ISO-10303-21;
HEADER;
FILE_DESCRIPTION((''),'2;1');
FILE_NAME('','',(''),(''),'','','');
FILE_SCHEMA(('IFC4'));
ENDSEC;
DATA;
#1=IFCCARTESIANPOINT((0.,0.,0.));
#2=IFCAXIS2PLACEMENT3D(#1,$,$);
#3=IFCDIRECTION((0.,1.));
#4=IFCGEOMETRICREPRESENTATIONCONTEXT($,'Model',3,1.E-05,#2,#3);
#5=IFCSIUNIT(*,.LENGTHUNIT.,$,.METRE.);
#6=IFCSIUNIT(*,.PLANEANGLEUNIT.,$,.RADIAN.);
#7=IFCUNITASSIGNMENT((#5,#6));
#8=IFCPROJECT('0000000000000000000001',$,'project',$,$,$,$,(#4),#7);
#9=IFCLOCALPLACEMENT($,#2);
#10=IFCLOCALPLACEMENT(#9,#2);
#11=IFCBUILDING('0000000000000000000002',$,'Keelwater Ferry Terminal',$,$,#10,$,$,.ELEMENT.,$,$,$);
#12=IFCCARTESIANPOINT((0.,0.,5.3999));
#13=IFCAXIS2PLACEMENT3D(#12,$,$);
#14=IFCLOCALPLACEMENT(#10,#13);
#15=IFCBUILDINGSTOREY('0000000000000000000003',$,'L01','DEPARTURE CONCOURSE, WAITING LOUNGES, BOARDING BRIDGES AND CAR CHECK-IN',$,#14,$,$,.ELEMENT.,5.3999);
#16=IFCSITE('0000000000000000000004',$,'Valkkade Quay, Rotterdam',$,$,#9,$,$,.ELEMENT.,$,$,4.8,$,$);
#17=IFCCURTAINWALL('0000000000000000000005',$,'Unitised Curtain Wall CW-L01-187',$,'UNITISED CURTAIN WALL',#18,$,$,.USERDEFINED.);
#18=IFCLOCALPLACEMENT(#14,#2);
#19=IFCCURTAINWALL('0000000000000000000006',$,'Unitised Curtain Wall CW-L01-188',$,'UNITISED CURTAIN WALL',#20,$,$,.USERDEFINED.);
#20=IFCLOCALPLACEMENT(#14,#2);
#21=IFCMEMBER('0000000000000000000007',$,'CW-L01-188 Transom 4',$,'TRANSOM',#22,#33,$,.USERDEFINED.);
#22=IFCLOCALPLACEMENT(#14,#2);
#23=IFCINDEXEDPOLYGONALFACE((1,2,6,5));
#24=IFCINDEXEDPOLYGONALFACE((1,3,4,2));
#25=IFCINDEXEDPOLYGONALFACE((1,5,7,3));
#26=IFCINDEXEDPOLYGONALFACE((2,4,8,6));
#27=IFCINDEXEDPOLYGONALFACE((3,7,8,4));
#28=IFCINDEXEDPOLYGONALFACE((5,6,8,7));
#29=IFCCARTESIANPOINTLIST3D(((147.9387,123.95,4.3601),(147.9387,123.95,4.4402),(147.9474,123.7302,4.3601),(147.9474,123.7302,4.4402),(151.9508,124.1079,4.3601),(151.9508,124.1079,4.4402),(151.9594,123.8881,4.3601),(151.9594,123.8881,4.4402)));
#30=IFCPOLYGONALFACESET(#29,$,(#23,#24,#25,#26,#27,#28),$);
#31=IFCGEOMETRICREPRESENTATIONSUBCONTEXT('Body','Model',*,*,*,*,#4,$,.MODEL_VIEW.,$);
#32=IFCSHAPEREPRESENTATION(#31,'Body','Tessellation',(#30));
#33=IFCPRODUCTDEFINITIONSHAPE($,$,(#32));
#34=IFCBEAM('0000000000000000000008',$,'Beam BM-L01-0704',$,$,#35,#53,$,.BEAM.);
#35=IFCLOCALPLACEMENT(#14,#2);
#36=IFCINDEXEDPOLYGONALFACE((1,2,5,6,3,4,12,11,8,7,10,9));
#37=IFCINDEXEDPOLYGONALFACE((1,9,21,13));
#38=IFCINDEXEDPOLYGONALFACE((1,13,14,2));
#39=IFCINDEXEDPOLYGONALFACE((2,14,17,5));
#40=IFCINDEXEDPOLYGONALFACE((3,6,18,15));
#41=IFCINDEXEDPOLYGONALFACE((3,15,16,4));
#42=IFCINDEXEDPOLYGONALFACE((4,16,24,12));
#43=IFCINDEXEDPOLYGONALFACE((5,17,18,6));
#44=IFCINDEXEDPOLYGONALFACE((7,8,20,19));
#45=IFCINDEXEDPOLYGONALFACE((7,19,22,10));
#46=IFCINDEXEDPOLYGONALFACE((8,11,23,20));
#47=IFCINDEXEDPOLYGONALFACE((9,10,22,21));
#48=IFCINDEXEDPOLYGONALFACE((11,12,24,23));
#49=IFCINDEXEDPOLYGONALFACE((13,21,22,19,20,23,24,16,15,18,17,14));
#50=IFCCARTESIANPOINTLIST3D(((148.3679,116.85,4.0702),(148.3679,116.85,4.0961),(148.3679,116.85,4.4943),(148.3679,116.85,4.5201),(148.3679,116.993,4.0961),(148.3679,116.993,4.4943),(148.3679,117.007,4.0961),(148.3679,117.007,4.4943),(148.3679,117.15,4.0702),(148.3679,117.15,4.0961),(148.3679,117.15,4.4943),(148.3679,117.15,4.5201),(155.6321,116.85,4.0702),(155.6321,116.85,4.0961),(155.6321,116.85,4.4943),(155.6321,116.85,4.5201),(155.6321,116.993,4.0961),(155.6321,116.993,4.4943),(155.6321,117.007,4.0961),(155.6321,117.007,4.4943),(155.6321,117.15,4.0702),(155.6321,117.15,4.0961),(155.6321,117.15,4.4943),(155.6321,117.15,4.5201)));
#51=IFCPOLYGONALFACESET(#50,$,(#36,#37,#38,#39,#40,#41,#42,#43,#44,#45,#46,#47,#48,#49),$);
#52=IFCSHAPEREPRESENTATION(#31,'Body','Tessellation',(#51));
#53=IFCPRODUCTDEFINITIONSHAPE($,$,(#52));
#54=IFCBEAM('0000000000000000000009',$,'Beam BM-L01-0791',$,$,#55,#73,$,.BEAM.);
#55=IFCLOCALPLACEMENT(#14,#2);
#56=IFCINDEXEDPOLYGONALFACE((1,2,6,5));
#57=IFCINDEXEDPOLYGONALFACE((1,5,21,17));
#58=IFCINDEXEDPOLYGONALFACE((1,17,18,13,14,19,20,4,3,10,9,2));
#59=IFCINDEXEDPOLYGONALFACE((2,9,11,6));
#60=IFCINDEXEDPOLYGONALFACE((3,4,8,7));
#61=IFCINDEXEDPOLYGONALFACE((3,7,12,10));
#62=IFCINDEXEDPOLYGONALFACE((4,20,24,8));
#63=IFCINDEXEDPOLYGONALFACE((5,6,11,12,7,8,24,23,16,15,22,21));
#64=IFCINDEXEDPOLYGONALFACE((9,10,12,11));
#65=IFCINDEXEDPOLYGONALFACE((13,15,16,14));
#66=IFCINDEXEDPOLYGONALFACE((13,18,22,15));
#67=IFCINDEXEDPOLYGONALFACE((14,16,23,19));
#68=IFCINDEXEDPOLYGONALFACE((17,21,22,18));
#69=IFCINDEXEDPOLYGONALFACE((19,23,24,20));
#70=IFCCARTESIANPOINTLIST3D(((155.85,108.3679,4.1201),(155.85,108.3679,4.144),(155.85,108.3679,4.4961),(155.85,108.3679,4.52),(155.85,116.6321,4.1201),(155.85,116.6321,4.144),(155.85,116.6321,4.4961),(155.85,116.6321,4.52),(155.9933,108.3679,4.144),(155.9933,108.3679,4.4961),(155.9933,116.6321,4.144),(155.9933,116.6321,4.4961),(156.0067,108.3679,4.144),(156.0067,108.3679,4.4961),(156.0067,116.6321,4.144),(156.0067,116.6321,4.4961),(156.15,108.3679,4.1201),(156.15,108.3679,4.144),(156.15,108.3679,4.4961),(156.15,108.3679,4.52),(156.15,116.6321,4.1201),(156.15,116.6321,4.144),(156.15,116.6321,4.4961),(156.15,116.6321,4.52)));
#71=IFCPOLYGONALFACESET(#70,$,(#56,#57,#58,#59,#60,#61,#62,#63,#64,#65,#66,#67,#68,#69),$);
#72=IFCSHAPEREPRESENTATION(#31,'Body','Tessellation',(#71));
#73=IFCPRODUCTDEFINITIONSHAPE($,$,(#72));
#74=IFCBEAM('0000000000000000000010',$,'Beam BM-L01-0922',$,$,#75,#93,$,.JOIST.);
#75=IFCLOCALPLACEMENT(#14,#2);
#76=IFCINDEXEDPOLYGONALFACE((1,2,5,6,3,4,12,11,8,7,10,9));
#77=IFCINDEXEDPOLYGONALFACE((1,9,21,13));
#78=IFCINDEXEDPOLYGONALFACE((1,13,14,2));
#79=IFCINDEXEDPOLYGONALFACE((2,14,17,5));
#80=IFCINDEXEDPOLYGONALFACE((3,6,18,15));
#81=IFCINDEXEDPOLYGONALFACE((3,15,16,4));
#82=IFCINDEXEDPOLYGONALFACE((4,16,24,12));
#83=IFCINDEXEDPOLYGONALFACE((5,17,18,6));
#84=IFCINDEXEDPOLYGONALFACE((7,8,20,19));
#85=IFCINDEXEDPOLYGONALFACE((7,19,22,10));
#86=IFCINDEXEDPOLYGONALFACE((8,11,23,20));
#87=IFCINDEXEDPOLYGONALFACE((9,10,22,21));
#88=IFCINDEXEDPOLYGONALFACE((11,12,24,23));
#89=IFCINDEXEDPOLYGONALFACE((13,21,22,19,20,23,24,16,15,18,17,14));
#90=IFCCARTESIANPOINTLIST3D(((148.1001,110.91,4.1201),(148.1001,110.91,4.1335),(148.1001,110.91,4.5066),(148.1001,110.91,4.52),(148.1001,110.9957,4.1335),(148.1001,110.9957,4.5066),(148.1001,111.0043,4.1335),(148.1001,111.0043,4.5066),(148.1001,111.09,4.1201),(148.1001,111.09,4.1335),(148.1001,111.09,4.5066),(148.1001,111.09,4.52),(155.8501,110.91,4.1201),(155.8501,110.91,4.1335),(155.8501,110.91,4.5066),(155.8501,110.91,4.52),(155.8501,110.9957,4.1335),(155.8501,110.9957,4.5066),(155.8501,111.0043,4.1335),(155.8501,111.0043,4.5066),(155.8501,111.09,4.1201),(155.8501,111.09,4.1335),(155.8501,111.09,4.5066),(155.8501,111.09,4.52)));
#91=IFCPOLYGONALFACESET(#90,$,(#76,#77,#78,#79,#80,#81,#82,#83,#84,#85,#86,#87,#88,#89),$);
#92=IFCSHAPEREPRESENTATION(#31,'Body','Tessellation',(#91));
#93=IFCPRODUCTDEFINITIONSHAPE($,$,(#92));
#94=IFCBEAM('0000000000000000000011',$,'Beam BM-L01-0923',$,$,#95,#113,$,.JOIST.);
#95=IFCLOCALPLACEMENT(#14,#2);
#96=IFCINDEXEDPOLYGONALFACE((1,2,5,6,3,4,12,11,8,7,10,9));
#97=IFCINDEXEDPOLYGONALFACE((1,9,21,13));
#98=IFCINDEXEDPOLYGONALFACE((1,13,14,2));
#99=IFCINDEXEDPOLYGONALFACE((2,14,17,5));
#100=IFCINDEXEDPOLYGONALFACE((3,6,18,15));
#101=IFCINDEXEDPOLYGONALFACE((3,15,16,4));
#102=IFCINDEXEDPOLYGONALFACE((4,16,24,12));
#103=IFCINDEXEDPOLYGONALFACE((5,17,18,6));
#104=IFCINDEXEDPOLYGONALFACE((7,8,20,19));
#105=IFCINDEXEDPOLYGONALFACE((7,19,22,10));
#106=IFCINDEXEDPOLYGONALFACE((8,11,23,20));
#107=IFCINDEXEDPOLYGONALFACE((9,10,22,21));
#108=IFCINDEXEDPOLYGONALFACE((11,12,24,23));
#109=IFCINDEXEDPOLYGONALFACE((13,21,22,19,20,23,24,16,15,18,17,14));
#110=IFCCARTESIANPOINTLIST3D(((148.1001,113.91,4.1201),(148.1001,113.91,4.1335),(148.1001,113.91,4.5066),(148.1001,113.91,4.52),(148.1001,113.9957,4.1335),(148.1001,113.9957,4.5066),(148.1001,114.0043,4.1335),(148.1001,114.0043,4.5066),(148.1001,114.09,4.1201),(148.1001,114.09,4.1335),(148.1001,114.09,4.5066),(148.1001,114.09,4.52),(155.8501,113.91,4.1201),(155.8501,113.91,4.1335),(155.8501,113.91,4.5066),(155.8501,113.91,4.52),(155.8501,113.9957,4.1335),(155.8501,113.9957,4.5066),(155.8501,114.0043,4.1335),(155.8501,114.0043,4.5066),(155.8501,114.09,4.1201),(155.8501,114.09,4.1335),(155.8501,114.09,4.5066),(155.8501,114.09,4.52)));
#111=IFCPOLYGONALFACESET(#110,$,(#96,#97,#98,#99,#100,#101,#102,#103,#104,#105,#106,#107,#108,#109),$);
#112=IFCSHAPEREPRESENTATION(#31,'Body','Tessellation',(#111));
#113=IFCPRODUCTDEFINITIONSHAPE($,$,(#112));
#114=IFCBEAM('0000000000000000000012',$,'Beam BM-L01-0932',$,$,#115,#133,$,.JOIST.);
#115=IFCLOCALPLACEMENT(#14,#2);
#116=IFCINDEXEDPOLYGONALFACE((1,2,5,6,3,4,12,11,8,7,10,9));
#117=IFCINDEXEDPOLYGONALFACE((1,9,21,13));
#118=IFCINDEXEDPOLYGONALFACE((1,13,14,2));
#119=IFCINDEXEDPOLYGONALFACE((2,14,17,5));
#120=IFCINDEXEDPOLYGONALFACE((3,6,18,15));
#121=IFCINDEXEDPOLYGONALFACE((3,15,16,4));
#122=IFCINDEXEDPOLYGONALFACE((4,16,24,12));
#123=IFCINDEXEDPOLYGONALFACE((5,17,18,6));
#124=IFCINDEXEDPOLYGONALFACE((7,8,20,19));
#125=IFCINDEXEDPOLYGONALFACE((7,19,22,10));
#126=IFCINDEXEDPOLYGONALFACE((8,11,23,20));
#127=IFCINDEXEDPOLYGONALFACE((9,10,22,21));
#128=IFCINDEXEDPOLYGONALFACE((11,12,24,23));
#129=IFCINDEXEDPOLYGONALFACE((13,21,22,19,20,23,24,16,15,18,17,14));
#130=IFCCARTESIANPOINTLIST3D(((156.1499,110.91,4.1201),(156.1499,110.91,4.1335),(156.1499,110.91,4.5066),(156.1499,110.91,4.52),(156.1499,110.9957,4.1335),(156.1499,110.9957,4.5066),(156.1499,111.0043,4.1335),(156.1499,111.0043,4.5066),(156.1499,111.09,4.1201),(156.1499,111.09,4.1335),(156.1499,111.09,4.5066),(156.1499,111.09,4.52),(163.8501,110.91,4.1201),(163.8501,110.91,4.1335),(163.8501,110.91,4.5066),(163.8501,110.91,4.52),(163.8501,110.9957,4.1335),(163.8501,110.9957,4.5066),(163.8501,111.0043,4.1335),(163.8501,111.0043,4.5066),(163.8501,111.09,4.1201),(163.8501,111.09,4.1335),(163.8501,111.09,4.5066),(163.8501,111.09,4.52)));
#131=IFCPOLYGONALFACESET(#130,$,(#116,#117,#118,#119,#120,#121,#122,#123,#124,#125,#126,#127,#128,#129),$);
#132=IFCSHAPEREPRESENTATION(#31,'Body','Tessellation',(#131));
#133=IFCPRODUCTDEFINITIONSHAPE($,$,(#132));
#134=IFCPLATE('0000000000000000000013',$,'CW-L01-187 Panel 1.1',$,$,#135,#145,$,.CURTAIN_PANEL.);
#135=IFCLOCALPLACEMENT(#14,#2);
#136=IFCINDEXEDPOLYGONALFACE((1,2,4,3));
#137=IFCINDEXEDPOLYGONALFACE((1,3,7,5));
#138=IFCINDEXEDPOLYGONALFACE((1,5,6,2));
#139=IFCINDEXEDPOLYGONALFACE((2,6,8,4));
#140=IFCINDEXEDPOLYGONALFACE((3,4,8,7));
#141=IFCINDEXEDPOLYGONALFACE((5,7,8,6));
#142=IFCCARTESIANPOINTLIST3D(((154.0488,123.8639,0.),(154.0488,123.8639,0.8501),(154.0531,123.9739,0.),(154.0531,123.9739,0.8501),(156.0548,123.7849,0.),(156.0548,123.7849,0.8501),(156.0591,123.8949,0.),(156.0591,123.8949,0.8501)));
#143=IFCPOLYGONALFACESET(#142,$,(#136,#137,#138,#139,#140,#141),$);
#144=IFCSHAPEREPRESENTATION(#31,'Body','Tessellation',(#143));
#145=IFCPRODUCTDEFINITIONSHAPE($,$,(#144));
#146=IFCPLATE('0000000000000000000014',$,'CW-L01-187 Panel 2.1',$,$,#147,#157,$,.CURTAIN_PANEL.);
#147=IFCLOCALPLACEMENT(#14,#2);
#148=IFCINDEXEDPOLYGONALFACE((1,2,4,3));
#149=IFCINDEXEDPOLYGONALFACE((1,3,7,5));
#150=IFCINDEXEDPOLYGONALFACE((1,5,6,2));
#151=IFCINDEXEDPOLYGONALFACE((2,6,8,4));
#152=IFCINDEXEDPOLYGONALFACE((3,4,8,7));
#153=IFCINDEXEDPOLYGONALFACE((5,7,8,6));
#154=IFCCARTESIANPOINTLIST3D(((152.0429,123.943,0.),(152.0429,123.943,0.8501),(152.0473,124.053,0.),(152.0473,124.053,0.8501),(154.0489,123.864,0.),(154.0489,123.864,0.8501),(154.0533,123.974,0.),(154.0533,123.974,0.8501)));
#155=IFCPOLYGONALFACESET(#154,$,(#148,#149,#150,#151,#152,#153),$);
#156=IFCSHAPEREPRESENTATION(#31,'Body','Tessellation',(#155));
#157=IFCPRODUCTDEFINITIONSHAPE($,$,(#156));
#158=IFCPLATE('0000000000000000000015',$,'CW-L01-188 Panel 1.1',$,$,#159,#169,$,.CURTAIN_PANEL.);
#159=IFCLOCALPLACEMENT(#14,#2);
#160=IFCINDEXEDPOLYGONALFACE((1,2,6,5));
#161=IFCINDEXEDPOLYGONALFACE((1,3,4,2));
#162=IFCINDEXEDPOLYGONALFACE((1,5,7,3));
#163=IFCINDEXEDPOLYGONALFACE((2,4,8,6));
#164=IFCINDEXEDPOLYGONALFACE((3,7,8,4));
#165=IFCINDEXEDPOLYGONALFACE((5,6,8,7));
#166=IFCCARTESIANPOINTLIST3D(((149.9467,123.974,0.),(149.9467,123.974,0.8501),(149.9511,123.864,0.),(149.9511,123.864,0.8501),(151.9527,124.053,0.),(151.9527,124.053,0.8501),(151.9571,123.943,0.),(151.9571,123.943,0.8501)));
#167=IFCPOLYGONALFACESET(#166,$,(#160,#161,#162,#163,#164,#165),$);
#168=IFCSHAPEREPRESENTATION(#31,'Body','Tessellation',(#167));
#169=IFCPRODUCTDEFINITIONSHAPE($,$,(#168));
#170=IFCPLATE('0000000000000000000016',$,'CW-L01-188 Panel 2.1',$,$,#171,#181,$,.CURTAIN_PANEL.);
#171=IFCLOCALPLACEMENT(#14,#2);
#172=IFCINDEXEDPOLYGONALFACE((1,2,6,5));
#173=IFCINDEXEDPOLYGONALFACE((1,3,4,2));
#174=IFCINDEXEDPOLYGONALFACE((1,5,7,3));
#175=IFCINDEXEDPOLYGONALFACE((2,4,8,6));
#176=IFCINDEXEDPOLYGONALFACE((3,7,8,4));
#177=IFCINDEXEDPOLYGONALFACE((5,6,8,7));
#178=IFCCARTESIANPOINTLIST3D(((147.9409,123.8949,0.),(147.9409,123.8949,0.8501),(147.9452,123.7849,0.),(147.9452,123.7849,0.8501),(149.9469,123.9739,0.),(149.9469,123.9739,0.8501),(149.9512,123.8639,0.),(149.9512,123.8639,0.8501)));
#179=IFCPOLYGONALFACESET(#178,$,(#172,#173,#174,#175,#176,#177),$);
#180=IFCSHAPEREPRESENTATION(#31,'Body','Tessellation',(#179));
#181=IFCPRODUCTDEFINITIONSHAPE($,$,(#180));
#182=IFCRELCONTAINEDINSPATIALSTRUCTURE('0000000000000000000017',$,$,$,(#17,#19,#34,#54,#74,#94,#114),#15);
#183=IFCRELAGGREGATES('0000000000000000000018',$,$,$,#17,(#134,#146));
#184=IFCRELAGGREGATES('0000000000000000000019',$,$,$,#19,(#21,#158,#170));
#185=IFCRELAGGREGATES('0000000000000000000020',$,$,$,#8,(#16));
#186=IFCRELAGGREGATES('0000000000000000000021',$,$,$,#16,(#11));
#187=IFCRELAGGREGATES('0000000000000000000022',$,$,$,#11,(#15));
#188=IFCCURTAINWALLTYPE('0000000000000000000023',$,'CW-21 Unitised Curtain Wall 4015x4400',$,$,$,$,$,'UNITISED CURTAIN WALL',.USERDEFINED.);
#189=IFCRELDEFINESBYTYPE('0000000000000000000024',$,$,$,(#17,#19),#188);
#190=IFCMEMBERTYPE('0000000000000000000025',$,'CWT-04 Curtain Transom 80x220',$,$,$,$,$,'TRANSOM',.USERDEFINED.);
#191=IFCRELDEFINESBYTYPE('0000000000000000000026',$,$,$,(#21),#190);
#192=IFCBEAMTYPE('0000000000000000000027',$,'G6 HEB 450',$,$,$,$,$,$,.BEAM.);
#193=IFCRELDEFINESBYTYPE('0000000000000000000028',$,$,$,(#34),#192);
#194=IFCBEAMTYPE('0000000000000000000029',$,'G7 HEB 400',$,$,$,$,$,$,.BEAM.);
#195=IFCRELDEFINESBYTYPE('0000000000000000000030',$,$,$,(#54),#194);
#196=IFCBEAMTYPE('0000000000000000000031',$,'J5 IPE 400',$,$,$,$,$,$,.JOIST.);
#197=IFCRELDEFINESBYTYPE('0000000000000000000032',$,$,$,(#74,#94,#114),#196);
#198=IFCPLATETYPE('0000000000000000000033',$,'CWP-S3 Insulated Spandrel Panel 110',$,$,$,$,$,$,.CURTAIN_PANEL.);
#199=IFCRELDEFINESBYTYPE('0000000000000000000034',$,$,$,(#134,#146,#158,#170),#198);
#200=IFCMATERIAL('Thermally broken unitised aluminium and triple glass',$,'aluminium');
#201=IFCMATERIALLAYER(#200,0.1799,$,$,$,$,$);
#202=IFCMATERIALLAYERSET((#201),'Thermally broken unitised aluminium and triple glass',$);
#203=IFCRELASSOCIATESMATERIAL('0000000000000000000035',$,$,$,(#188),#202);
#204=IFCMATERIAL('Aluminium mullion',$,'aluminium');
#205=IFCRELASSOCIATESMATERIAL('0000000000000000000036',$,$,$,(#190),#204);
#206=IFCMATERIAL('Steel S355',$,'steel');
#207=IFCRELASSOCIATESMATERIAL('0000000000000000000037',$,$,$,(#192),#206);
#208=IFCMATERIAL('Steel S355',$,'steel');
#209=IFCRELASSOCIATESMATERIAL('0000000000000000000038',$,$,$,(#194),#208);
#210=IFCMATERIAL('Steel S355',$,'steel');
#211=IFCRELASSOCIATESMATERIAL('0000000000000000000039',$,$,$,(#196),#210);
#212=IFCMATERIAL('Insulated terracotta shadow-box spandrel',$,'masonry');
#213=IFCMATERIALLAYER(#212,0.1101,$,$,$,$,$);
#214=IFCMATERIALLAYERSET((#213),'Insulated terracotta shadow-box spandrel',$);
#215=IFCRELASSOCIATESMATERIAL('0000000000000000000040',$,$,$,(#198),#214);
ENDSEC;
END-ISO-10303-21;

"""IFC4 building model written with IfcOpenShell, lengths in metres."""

from ifc_helpers import new_model, si_unit, direction, frame, origin, origin_2d, place, context, subcontext, project, spatial, rectangle, i_section, extrude, material, layer, layer_set, material_profile, profile_set, type_object, element, aggregate, save


model = new_model("IFC4")

# Units and contexts
model_context = context("Model", 3, precision=1e-05, world=origin(), true_north=direction((0.0, 1.0)))
body_context = subcontext(model_context, "Body", "Model", "MODEL_VIEW")
ifc_project = project(units=[si_unit("LENGTHUNIT", "METRE"), si_unit("PLANEANGLEUNIT", "RADIAN")], contexts=[model_context])

# Site, building, storey
site_placement = place(None, origin())
site = spatial("IfcSite", under=ifc_project, at=site_placement, Name="Valkkade Quay, Rotterdam", CompositionType="ELEMENT", RefElevation=4.8)
building_placement = place(site_placement, origin())
building = spatial("IfcBuilding", under=site, at=building_placement, Name="Keelwater Ferry Terminal", CompositionType="ELEMENT")
storey_placement = place(building_placement, frame((0.0, 0.0, 5.3999)))
storey = spatial("IfcBuildingStorey", under=building, at=storey_placement, Name="L01", Description="DEPARTURE CONCOURSE, WAITING LOUNGES, BOARDING BRIDGES AND CAR CHECK-IN", CompositionType="ELEMENT", Elevation=5.3999)

# Shared definitions
ifc_material_1 = material(Name="Thermally broken unitised aluminium and triple glass", Category="aluminium")
ifc_layer_1 = layer(ifc_material_1, 0.1799)
ifc_layer_set_1 = layer_set([ifc_layer_1], Name="Thermally broken unitised aluminium and triple glass")
curtain_wall_type = type_object("IfcCurtainWallType", Name="CW-21 Unitised Curtain Wall 4015x4400", ElementType="UNITISED CURTAIN WALL", PredefinedType="USERDEFINED", material=ifc_layer_set_1)

# Curtain walls
curtain_wall_1_placement = place(storey_placement, origin())
curtain_wall_1 = element("IfcCurtainWall", 1, at=curtain_wall_1_placement, inside=storey, type_object=curtain_wall_type, Name="Unitised Curtain Wall CW-L01-187", ObjectType="UNITISED CURTAIN WALL", PredefinedType="USERDEFINED")
curtain_wall_2_placement = place(storey_placement, origin())
curtain_wall_2 = element("IfcCurtainWall", 2, at=curtain_wall_2_placement, inside=storey, type_object=curtain_wall_type, Name="Unitised Curtain Wall CW-L01-188", ObjectType="UNITISED CURTAIN WALL", PredefinedType="USERDEFINED")

# Member
ifc_material_2 = material(Name="Aluminium mullion", Category="aluminium")
ifc_material_profile_1 = material_profile(ifc_material_2, rectangle(XDim=0.22, YDim=0.0801, at=origin_2d()), Name="CWT-04")
ifc_profile_set_1 = profile_set([ifc_material_profile_1], Name="Aluminium mullion")
member_type_1 = type_object("IfcMemberType", Name="CWT-04 Curtain Transom 80x220", ElementType="TRANSOM", PredefinedType="USERDEFINED", material=ifc_profile_set_1)
member_1_placement = place(storey_placement, frame((151.9551, 123.998, 4.4001), z_axis=(-0.999226, -0.039342, 0.0), x_axis=(0.039342, -0.999226, 0.0)))
member_1 = element("IfcMember", 3, at=member_1_placement, type_object=member_type_1, Name="CW-L01-188 Transom 4", ObjectType="TRANSOM", PredefinedType="USERDEFINED", context=body_context, shape_type="SweptSolid", body=[
    extrude(rectangle(XDim=0.22, YDim=0.0801, at=origin_2d()), origin(), (0.0, 0.0, 1.0), 4.0151),
])

# Beams
ifc_material_3 = material(Name="Steel S355", Category="steel")
ifc_material_profile_2 = material_profile(ifc_material_3, i_section(OverallWidth=0.3, OverallDepth=0.45, WebThickness=0.0139, FlangeThickness=0.0259, at=origin_2d()), Name="HEB 450")
ifc_profile_set_2 = profile_set([ifc_material_profile_2], Name="Steel S355")
beam_type_1 = type_object("IfcBeamType", Name="G6 HEB 450", PredefinedType="BEAM", material=ifc_profile_set_2)
beam_1_placement = place(storey_placement, frame((148.3679, 117.0, 4.2952), z_axis=(1.0, 0.0, 0.0), x_axis=(0.0, 1.0, 0.0)))
element("IfcBeam", 4, at=beam_1_placement, inside=storey, type_object=beam_type_1, Name="Beam BM-L01-0704", PredefinedType="BEAM", context=body_context, shape_type="SweptSolid", body=[
    extrude(i_section(OverallWidth=0.3, OverallDepth=0.45, WebThickness=0.0139, FlangeThickness=0.0259, at=origin_2d()), origin(), (0.0, 0.0, 1.0), 7.2642),
])
ifc_material_4 = material(Name="Steel S355", Category="steel")
ifc_material_profile_3 = material_profile(ifc_material_4, i_section(OverallWidth=0.3, OverallDepth=0.3999, WebThickness=0.0134, FlangeThickness=0.0239, at=origin_2d()), Name="HEB 400")
ifc_profile_set_3 = profile_set([ifc_material_profile_3], Name="Steel S355")
beam_type_2 = type_object("IfcBeamType", Name="G7 HEB 400", PredefinedType="BEAM", material=ifc_profile_set_3)
beam_2_placement = place(storey_placement, frame((156.0, 108.3679, 4.3201), z_axis=(0.0, 1.0, 0.0), x_axis=(-1.0, 0.0, 0.0)))
element("IfcBeam", 5, at=beam_2_placement, inside=storey, type_object=beam_type_2, Name="Beam BM-L01-0791", PredefinedType="BEAM", context=body_context, shape_type="SweptSolid", body=[
    extrude(i_section(OverallWidth=0.3, OverallDepth=0.3999, WebThickness=0.0134, FlangeThickness=0.0239, at=origin_2d()), origin(), (0.0, 0.0, 1.0), 8.2642),
])
ifc_material_5 = material(Name="Steel S355", Category="steel")
ifc_material_profile_4 = material_profile(ifc_material_5, i_section(OverallWidth=0.1799, OverallDepth=0.3999, WebThickness=0.0085, FlangeThickness=0.0134, at=origin_2d()), Name="IPE 400")
ifc_profile_set_4 = profile_set([ifc_material_profile_4], Name="Steel S355")
beam_type_3 = type_object("IfcBeamType", Name="J5 IPE 400", PredefinedType="JOIST", material=ifc_profile_set_4)
for number, where, z_axis, x_axis, name in (
    (6, (148.1001, 111.0, 4.3201), (1.0, 0.0, 0.0), (0.0, 1.0, 0.0), "Beam BM-L01-0922"),
    (7, (148.1001, 114.0, 4.3201), (1.0, 0.0, 0.0), (0.0, 1.0, 0.0), "Beam BM-L01-0923"),
):
    element("IfcBeam", number, at=place(storey_placement, frame(where, z_axis=z_axis, x_axis=x_axis)), inside=storey, type_object=beam_type_3, Name=name, PredefinedType="JOIST", context=body_context, shape_type="SweptSolid", body=[
        extrude(i_section(OverallWidth=0.1799, OverallDepth=0.3999, WebThickness=0.0085, FlangeThickness=0.0134, at=origin_2d()), origin(), (0.0, 0.0, 1.0), 7.75),
    ])
beam_3_placement = place(storey_placement, frame((156.1499, 111.0, 4.3201), z_axis=(1.0, 0.0, 0.0), x_axis=(0.0, 1.0, 0.0)))
element("IfcBeam", 8, at=beam_3_placement, inside=storey, type_object=beam_type_3, Name="Beam BM-L01-0932", PredefinedType="JOIST", context=body_context, shape_type="SweptSolid", body=[
    extrude(i_section(OverallWidth=0.1799, OverallDepth=0.3999, WebThickness=0.0085, FlangeThickness=0.0134, at=origin_2d()), origin(), (0.0, 0.0, 1.0), 7.7002),
])

# Plates
ifc_material_6 = material(Name="Insulated terracotta shadow-box spandrel", Category="masonry")
ifc_layer_2 = layer(ifc_material_6, 0.1101)
ifc_layer_set_2 = layer_set([ifc_layer_2], Name="Insulated terracotta shadow-box spandrel")
plate_type_1 = type_object("IfcPlateType", Name="CWP-S3 Insulated Spandrel Panel 110", PredefinedType="CURTAIN_PANEL", material=ifc_layer_set_2)
plate_1_placement = place(storey_placement, frame((155.054, 123.8794, 0.0), z_axis=(0.0, 0.0, 1.0), x_axis=(-0.999225, 0.039351, 0.0)))
plate_1 = element("IfcPlate", 9, at=plate_1_placement, type_object=plate_type_1, Name="CW-L01-187 Panel 1.1", PredefinedType="CURTAIN_PANEL", context=body_context, shape_type="SweptSolid", body=[
    extrude(rectangle(XDim=2.0076, YDim=0.1101, at=origin_2d()), origin(), (0.0, 0.0, 1.0), 0.8501),
])
plate_2_placement = place(storey_placement, frame((153.0481, 123.9585, 0.0), z_axis=(0.0, 0.0, 1.0), x_axis=(-0.999225, 0.039351, 0.0)))
plate_2 = element("IfcPlate", 10, at=plate_2_placement, type_object=plate_type_1, Name="CW-L01-187 Panel 2.1", PredefinedType="CURTAIN_PANEL", context=body_context, shape_type="SweptSolid", body=[
    extrude(rectangle(XDim=2.0076, YDim=0.1101, at=origin_2d()), origin(), (0.0, 0.0, 1.0), 0.8501),
])
plate_3_placement = place(storey_placement, frame((150.9519, 123.9585, 0.0), z_axis=(0.0, 0.0, 1.0), x_axis=(-0.999225, -0.039351, 0.0)))
plate_3 = element("IfcPlate", 11, at=plate_3_placement, type_object=plate_type_1, Name="CW-L01-188 Panel 1.1", PredefinedType="CURTAIN_PANEL", context=body_context, shape_type="SweptSolid", body=[
    extrude(rectangle(XDim=2.0076, YDim=0.1101, at=origin_2d()), origin(), (0.0, 0.0, 1.0), 0.8501),
])
plate_4_placement = place(storey_placement, frame((148.946, 123.8794, 0.0), z_axis=(0.0, 0.0, 1.0), x_axis=(-0.999225, -0.039351, 0.0)))
plate_4 = element("IfcPlate", 12, at=plate_4_placement, type_object=plate_type_1, Name="CW-L01-188 Panel 2.1", PredefinedType="CURTAIN_PANEL", context=body_context, shape_type="SweptSolid", body=[
    extrude(rectangle(XDim=2.0076, YDim=0.1101, at=origin_2d()), origin(), (0.0, 0.0, 1.0), 0.8501),
])
aggregate(curtain_wall_1, [plate_1, plate_2])
aggregate(curtain_wall_2, [member_1, plate_3, plate_4])

save(model, "model.ifc")
